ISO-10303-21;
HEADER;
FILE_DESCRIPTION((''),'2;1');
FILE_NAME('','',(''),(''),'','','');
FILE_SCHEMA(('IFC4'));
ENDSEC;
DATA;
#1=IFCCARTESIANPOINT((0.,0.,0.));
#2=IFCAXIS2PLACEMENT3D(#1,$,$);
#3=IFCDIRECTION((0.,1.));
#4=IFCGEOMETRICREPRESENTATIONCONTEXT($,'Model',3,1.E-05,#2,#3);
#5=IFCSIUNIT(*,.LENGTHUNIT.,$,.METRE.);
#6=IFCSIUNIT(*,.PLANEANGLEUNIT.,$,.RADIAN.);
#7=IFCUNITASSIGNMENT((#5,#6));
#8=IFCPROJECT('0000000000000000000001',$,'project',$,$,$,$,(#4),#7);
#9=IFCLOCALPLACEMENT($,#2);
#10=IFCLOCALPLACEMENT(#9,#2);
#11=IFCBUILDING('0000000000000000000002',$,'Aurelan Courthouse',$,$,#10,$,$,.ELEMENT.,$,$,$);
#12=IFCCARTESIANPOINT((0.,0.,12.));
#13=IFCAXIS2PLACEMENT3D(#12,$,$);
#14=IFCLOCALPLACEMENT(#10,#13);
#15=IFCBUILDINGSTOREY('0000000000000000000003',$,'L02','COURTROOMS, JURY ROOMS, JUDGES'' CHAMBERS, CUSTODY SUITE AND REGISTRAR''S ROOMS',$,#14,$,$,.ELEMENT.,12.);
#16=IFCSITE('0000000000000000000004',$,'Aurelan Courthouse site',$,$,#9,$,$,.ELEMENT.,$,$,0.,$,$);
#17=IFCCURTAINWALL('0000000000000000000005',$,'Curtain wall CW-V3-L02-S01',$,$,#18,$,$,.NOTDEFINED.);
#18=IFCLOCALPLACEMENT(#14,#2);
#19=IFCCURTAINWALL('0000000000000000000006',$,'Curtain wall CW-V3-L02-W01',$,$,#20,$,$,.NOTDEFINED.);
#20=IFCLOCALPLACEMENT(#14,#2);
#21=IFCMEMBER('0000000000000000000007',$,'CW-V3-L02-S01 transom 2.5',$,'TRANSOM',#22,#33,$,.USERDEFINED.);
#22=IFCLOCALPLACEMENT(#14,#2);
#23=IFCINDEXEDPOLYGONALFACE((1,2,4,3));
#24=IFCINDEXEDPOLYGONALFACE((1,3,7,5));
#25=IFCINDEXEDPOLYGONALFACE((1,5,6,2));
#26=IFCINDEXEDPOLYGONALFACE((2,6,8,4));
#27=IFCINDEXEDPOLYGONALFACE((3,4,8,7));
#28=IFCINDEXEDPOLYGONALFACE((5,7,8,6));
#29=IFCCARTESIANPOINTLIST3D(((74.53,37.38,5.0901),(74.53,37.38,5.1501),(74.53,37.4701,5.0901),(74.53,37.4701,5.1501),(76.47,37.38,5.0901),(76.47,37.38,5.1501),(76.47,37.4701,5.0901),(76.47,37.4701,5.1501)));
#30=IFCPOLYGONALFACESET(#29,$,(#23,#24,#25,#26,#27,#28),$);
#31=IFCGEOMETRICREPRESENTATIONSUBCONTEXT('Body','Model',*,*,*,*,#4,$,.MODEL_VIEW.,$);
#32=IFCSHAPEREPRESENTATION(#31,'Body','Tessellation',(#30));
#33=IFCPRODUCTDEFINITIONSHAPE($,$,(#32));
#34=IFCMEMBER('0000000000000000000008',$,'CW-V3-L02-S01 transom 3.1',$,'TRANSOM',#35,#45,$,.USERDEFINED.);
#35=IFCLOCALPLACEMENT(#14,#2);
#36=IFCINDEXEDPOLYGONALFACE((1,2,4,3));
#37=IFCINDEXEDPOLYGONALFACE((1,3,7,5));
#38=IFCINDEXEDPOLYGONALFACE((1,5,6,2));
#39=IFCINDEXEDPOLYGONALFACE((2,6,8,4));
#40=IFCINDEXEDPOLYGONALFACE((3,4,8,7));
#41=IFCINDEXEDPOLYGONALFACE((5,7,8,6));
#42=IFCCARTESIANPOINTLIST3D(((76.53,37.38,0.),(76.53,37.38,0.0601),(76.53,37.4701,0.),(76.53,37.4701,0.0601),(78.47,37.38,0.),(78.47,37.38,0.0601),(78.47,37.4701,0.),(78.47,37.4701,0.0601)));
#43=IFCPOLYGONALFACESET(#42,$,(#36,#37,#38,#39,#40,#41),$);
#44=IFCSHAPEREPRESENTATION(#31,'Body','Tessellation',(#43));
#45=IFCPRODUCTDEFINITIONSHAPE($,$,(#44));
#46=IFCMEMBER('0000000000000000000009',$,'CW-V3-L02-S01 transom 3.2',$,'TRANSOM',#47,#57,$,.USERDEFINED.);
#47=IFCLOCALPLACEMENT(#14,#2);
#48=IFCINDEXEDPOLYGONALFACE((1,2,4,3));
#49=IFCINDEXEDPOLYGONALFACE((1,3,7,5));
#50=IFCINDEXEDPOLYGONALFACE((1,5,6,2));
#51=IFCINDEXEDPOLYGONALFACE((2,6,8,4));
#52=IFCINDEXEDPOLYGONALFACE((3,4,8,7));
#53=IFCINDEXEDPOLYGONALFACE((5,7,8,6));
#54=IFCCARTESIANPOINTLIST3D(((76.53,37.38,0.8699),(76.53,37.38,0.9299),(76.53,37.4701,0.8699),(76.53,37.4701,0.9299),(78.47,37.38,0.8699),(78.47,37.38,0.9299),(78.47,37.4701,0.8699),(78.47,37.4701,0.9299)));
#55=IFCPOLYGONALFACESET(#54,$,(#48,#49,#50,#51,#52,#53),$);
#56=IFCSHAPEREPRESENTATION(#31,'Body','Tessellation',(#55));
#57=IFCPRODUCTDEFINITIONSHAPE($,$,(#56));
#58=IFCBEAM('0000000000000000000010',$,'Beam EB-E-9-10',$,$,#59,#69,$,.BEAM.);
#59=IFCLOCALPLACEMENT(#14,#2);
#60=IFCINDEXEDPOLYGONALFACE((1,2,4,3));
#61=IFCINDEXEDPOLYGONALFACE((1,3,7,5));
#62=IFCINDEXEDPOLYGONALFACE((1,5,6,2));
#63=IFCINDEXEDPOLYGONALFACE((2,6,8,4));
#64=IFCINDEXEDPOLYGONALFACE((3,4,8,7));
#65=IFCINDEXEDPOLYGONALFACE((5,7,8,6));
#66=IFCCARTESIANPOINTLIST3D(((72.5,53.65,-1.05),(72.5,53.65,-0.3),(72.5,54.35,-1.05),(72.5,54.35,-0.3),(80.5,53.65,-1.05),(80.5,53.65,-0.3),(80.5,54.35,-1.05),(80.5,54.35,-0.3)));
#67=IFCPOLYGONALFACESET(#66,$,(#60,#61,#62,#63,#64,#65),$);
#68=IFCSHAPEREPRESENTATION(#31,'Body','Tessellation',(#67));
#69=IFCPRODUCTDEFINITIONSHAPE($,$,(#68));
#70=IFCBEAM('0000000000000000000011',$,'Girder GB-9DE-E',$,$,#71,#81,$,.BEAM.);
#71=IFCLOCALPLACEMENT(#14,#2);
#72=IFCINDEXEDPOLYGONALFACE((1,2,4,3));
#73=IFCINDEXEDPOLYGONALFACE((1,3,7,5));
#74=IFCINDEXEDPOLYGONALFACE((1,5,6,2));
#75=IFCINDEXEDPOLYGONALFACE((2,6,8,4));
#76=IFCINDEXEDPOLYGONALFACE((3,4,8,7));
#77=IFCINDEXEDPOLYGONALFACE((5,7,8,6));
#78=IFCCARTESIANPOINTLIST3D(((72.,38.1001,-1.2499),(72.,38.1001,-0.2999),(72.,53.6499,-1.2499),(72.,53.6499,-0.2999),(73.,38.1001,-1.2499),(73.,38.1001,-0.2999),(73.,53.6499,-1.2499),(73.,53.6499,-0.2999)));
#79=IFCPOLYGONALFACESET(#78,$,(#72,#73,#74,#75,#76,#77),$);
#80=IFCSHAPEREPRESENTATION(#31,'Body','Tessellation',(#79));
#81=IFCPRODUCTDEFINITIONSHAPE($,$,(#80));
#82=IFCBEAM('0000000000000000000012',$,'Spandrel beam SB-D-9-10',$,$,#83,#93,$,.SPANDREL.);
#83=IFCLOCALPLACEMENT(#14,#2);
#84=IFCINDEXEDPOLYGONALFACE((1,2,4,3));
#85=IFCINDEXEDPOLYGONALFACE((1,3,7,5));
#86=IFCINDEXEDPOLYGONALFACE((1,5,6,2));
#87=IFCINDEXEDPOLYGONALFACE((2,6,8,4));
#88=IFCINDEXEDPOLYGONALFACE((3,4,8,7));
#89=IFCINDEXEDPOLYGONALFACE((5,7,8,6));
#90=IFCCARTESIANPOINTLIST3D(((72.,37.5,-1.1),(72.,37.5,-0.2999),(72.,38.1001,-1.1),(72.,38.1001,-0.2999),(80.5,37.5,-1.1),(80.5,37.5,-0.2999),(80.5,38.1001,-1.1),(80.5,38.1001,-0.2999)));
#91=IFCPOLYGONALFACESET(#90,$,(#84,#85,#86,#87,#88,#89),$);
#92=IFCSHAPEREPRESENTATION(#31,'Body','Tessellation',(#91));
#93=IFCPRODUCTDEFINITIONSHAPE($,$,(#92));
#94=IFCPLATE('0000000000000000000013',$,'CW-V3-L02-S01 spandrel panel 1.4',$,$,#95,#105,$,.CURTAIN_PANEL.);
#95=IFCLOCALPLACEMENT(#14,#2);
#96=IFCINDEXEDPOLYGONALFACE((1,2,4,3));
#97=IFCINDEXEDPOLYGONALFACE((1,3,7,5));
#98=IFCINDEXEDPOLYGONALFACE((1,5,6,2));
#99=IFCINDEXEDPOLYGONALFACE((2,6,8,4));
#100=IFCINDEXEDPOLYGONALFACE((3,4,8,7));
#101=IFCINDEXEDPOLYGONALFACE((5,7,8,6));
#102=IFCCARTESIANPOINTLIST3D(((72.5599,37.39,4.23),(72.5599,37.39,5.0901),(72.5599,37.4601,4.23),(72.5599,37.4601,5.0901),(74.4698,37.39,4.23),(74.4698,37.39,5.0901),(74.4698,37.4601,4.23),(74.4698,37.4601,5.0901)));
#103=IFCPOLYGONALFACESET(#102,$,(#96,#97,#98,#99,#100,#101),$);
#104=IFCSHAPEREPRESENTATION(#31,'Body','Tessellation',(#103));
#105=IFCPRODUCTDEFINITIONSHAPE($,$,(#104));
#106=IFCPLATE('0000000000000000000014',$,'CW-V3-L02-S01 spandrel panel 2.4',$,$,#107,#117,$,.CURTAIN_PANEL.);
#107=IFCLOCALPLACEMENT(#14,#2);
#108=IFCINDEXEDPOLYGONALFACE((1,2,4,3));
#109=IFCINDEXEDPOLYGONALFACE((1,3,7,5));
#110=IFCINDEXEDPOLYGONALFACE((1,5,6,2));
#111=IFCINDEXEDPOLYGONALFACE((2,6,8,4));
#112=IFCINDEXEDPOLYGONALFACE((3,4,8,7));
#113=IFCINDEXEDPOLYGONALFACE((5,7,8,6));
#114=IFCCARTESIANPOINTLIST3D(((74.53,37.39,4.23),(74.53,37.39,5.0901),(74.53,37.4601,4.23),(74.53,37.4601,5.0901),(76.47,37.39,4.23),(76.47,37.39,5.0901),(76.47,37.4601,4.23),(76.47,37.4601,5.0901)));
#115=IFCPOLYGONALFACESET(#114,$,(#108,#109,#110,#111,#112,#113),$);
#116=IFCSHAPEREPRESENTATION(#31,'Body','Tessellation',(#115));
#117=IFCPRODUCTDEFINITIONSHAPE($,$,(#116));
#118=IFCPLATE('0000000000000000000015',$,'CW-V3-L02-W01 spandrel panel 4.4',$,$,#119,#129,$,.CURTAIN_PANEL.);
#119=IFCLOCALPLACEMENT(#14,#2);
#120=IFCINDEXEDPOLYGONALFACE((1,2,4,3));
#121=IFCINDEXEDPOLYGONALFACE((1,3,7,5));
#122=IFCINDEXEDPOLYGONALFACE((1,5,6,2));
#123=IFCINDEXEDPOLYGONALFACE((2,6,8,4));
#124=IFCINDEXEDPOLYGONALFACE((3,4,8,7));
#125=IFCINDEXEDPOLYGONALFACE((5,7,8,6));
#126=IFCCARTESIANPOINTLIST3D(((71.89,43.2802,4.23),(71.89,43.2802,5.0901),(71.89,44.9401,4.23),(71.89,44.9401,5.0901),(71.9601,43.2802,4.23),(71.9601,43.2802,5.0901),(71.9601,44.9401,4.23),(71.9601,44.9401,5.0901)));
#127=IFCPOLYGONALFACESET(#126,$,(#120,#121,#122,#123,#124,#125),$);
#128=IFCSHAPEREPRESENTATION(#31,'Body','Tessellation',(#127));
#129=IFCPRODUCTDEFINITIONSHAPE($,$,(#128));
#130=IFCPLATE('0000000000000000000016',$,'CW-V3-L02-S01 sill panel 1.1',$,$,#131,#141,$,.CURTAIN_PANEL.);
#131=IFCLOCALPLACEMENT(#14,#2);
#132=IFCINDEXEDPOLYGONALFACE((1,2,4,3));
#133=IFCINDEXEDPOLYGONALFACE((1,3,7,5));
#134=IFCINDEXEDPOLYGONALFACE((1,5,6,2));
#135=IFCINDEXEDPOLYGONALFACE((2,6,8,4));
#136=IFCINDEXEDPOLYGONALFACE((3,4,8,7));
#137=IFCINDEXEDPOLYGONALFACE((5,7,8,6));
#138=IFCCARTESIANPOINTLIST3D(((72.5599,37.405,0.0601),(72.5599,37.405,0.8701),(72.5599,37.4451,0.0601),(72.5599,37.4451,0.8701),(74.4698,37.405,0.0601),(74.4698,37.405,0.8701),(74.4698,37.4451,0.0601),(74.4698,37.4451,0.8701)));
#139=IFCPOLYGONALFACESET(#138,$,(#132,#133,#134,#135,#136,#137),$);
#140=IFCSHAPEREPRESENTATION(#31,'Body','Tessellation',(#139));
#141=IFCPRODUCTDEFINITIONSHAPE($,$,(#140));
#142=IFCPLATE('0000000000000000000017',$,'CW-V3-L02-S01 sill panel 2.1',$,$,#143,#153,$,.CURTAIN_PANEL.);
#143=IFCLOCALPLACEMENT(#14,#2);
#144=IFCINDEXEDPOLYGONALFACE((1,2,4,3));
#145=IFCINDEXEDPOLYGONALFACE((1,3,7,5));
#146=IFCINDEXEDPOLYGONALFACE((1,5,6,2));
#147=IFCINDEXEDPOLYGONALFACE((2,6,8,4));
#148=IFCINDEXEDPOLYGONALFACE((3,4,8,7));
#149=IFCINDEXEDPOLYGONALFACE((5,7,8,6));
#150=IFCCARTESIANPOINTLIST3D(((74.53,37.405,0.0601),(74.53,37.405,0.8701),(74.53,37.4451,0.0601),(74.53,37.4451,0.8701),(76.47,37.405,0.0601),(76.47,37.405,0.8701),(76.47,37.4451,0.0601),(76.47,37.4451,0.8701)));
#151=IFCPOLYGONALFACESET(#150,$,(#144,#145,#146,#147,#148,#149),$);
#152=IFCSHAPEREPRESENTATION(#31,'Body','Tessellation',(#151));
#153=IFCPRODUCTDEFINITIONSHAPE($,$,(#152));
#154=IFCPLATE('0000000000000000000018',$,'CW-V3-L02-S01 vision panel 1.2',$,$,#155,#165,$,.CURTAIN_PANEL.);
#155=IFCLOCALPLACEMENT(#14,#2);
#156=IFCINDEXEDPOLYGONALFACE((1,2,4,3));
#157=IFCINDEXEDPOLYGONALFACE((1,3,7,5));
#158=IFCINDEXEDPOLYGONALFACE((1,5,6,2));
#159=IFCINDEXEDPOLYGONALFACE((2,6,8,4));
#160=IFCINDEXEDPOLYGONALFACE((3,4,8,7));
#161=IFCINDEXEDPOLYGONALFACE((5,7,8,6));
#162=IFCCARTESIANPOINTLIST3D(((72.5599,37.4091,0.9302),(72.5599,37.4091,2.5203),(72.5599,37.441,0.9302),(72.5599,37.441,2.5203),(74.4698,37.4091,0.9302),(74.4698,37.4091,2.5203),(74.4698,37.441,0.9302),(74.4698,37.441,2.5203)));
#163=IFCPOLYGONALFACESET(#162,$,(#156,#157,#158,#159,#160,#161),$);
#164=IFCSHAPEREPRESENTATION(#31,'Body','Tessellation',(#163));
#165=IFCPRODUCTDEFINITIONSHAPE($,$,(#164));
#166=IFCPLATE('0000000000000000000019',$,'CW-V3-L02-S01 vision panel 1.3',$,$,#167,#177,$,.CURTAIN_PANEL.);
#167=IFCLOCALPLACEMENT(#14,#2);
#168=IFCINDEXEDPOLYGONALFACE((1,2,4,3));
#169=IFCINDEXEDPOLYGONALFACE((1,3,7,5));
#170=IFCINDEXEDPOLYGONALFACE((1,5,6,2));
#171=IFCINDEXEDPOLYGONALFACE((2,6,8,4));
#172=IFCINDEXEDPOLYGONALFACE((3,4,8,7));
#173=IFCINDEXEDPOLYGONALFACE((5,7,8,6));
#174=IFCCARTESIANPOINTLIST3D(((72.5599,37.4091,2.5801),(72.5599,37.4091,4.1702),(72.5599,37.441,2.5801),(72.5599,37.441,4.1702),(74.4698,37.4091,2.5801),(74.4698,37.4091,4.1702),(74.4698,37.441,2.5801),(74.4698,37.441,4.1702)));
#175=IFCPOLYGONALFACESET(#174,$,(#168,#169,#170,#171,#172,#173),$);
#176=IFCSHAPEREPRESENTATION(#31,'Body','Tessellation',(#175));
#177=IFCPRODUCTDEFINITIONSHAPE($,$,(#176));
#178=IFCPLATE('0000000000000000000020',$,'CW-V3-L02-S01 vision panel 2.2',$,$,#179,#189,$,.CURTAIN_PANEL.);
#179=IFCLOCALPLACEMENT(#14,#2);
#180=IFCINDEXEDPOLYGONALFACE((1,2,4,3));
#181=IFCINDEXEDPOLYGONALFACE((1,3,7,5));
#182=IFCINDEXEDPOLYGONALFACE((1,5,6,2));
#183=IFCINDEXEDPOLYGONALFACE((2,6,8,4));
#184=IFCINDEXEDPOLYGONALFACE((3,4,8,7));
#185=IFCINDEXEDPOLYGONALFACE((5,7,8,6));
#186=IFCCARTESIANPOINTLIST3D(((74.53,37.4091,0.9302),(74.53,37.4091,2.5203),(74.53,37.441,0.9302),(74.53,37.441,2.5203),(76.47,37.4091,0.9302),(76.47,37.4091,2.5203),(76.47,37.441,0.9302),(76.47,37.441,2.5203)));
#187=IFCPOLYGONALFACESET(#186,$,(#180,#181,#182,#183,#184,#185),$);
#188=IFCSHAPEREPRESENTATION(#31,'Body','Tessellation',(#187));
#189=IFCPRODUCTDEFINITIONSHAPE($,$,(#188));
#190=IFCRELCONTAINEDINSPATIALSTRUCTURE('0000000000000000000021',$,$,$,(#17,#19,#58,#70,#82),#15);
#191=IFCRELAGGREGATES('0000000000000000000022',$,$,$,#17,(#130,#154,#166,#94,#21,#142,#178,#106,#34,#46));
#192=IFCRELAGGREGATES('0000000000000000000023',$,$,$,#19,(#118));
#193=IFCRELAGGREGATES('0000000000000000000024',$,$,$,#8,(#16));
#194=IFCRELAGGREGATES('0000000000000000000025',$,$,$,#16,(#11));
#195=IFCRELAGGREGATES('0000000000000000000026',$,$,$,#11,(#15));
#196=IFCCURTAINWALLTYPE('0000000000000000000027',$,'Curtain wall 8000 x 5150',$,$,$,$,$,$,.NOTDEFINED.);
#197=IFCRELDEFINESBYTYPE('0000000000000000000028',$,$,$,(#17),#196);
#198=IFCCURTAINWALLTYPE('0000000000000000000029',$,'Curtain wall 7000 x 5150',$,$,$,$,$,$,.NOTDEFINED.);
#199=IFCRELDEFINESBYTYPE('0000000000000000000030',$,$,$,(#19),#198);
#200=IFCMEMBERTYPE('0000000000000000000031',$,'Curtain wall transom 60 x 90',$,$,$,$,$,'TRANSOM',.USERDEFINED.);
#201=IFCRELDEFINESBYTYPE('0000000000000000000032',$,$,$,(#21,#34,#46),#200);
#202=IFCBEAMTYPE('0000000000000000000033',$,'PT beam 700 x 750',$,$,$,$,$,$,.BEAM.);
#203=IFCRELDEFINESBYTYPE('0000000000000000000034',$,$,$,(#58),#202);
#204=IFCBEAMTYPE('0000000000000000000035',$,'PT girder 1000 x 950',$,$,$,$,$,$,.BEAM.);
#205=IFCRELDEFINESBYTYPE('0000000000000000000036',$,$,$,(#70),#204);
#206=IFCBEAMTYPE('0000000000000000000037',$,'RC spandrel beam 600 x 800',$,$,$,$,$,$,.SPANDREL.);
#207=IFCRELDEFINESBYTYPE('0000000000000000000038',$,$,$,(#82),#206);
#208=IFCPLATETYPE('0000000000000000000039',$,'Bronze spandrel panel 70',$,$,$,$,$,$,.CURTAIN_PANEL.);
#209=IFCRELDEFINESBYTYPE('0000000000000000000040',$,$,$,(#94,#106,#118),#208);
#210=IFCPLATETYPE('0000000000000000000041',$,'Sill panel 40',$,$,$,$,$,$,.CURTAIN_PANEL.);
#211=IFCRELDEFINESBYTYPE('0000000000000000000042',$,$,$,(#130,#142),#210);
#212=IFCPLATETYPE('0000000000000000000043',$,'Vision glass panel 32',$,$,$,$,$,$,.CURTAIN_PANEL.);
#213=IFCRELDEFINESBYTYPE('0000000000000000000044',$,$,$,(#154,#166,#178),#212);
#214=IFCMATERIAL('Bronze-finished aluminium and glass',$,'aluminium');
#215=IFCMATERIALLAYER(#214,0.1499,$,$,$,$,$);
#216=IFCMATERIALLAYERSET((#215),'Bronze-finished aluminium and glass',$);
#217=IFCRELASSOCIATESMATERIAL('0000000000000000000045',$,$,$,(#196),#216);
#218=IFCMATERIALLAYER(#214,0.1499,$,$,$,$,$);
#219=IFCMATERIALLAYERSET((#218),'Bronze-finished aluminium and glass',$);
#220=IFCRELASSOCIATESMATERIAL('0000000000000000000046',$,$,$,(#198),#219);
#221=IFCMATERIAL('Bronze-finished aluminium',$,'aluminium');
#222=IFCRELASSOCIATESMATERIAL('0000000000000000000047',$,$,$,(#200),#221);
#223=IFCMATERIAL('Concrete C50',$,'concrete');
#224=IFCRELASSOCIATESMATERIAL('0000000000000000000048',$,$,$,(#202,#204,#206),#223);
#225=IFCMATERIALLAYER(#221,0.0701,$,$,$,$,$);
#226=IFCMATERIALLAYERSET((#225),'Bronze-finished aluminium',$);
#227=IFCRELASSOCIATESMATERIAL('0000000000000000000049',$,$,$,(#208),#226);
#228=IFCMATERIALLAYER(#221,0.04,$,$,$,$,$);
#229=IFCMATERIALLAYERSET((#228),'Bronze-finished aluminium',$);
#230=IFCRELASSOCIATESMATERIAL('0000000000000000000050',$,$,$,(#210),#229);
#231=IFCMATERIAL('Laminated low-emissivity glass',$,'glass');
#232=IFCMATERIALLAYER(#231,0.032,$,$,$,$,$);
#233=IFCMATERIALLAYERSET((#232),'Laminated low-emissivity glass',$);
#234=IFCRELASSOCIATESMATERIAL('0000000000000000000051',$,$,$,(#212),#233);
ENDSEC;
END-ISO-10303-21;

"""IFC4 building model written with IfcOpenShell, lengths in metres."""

from ifc_helpers import new_model, si_unit, direction, frame, origin, origin_2d, place, context, subcontext, project, spatial, rectangle, extrude, material, layer, layer_set, material_profile, profile_set, type_object, element, aggregate, save


model = new_model("IFC4")

# Units and contexts
model_context = context("Model", 3, precision=1e-05, world=origin(), true_north=direction((0.0, 1.0)))
body_context = subcontext(model_context, "Body", "Model", "MODEL_VIEW")
ifc_project = project(units=[si_unit("LENGTHUNIT", "METRE"), si_unit("PLANEANGLEUNIT", "RADIAN")], contexts=[model_context])

# Site, building, storey
site_placement = place(None, origin())
site = spatial("IfcSite", under=ifc_project, at=site_placement, Name="Aurelan Courthouse site", CompositionType="ELEMENT", RefElevation=0.0)
building_placement = place(site_placement, origin())
building = spatial("IfcBuilding", under=site, at=building_placement, Name="Aurelan Courthouse", CompositionType="ELEMENT")
storey_placement = place(building_placement, frame((0.0, 0.0, 12.0)))
storey = spatial("IfcBuildingStorey", under=building, at=storey_placement, Name="L02", Description="COURTROOMS, JURY ROOMS, JUDGES' CHAMBERS, CUSTODY SUITE AND REGISTRAR'S ROOMS", CompositionType="ELEMENT", Elevation=12.0)

# Shared definitions
ifc_material_1 = material(Name="Concrete C50", Category="concrete")

# Curtain wall
ifc_material_2 = material(Name="Bronze-finished aluminium and glass", Category="aluminium")
ifc_layer_1 = layer(ifc_material_2, 0.1499)
ifc_layer_set_1 = layer_set([ifc_layer_1], Name="Bronze-finished aluminium and glass")
curtain_wall_type_1 = type_object("IfcCurtainWallType", Name="Curtain wall 8000 x 5150", PredefinedType="NOTDEFINED", material=ifc_layer_set_1)
curtain_wall_1_placement = place(storey_placement, origin())
curtain_wall_1 = element("IfcCurtainWall", 1, at=curtain_wall_1_placement, inside=storey, type_object=curtain_wall_type_1, Name="Curtain wall CW-V3-L02-S01", PredefinedType="NOTDEFINED")
ifc_material_3 = material(Name="Bronze-finished aluminium", Category="aluminium")

# Curtain wall
ifc_layer_2 = layer(ifc_material_2, 0.1499)
ifc_layer_set_2 = layer_set([ifc_layer_2], Name="Bronze-finished aluminium and glass")
curtain_wall_type_2 = type_object("IfcCurtainWallType", Name="Curtain wall 7000 x 5150", PredefinedType="NOTDEFINED", material=ifc_layer_set_2)
curtain_wall_2_placement = place(storey_placement, origin())
curtain_wall_2 = element("IfcCurtainWall", 2, at=curtain_wall_2_placement, inside=storey, type_object=curtain_wall_type_2, Name="Curtain wall CW-V3-L02-W01", PredefinedType="NOTDEFINED")

# Members
ifc_material_profile_1 = material_profile(ifc_material_3, rectangle(XDim=0.0901, YDim=0.0601, at=origin_2d()), Name="Bronze transom 60 x 90")
ifc_profile_set_1 = profile_set([ifc_material_profile_1], Name="Bronze-finished aluminium")
member_type_1 = type_object("IfcMemberType", Name="Curtain wall transom 60 x 90", ElementType="TRANSOM", PredefinedType="USERDEFINED", material=ifc_profile_set_1)
member_1_placement = place(storey_placement, frame((74.53, 37.425, 5.1201), z_axis=(1.0, 0.0, 0.0), x_axis=(0.0, 1.0, 0.0)))
member_1 = element("IfcMember", 3, at=member_1_placement, type_object=member_type_1, Name="CW-V3-L02-S01 transom 2.5", ObjectType="TRANSOM", PredefinedType="USERDEFINED", context=body_context, shape_type="SweptSolid", body=[
    extrude(rectangle(XDim=0.0901, YDim=0.0601, at=origin_2d()), origin(), (0.0, 0.0, 1.0), 1.9399),
])
member_2_placement = place(storey_placement, frame((76.53, 37.425, 0.03), z_axis=(1.0, 0.0, 0.0), x_axis=(0.0, 1.0, 0.0)))
member_2 = element("IfcMember", 4, at=member_2_placement, type_object=member_type_1, Name="CW-V3-L02-S01 transom 3.1", ObjectType="TRANSOM", PredefinedType="USERDEFINED", context=body_context, shape_type="SweptSolid", body=[
    extrude(rectangle(XDim=0.0901, YDim=0.0601, at=origin_2d()), origin(), (0.0, 0.0, 1.0), 1.9399),
])
member_3_placement = place(storey_placement, frame((76.53, 37.425, 0.8999), z_axis=(1.0, 0.0, 0.0), x_axis=(0.0, 1.0, 0.0)))
member_3 = element("IfcMember", 5, at=member_3_placement, type_object=member_type_1, Name="CW-V3-L02-S01 transom 3.2", ObjectType="TRANSOM", PredefinedType="USERDEFINED", context=body_context, shape_type="SweptSolid", body=[
    extrude(rectangle(XDim=0.0901, YDim=0.0601, at=origin_2d()), origin(), (0.0, 0.0, 1.0), 1.9399),
])

# Beams
ifc_material_profile_2 = material_profile(ifc_material_1, rectangle(XDim=0.7, YDim=0.75, at=origin_2d()), Name="RC 700 x 750")
ifc_profile_set_2 = profile_set([ifc_material_profile_2], Name="Concrete C50")
beam_type_1 = type_object("IfcBeamType", Name="PT beam 700 x 750", PredefinedType="BEAM", material=ifc_profile_set_2)
beam_1_placement = place(storey_placement, frame((72.5, 54.0, -0.675), z_axis=(1.0, 0.0, 0.0), x_axis=(0.0, 1.0, 0.0)))
element("IfcBeam", 6, at=beam_1_placement, inside=storey, type_object=beam_type_1, Name="Beam EB-E-9-10", PredefinedType="BEAM", context=body_context, shape_type="SweptSolid", body=[
    extrude(rectangle(XDim=0.7, YDim=0.75, at=origin_2d()), origin(), (0.0, 0.0, 1.0), 8.0),
])
ifc_material_profile_3 = material_profile(ifc_material_1, rectangle(XDim=1.0, YDim=0.95, at=origin_2d()), Name="RC 1000 x 950")
ifc_profile_set_3 = profile_set([ifc_material_profile_3], Name="Concrete C50")
beam_type_2 = type_object("IfcBeamType", Name="PT girder 1000 x 950", PredefinedType="BEAM", material=ifc_profile_set_3)
beam_2_placement = place(storey_placement, frame((72.5, 38.1001, -0.7749), z_axis=(0.0, 1.0, 0.0), x_axis=(-1.0, 0.0, 0.0)))
element("IfcBeam", 7, at=beam_2_placement, inside=storey, type_object=beam_type_2, Name="Girder GB-9DE-E", PredefinedType="BEAM", context=body_context, shape_type="SweptSolid", body=[
    extrude(rectangle(XDim=1.0, YDim=0.95, at=origin_2d()), origin(), (0.0, 0.0, 1.0), 15.5498),
])
ifc_material_profile_4 = material_profile(ifc_material_1, rectangle(XDim=0.6001, YDim=0.8, at=origin_2d()), Name="RC 600 x 800")
ifc_profile_set_4 = profile_set([ifc_material_profile_4], Name="Concrete C50")
beam_type_3 = type_object("IfcBeamType", Name="RC spandrel beam 600 x 800", PredefinedType="SPANDREL", material=ifc_profile_set_4)
beam_3_placement = place(storey_placement, frame((72.0, 37.8, -0.7), z_axis=(1.0, 0.0, 0.0), x_axis=(0.0, 1.0, 0.0)))
element("IfcBeam", 8, at=beam_3_placement, inside=storey, type_object=beam_type_3, Name="Spandrel beam SB-D-9-10", PredefinedType="SPANDREL", context=body_context, shape_type="SweptSolid", body=[
    extrude(rectangle(XDim=0.6001, YDim=0.8, at=origin_2d()), origin(), (0.0, 0.0, 1.0), 8.5),
])

# Plates
ifc_layer_3 = layer(ifc_material_3, 0.0701)
ifc_layer_set_3 = layer_set([ifc_layer_3], Name="Bronze-finished aluminium")
plate_type_1 = type_object("IfcPlateType", Name="Bronze spandrel panel 70", PredefinedType="CURTAIN_PANEL", material=ifc_layer_set_3)
plate_1_placement = place(storey_placement, frame((73.5149, 37.425, 4.23), z_axis=(0.0, 0.0, 1.0), x_axis=(1.0, 0.0, 0.0)))
plate_1 = element("IfcPlate", 9, at=plate_1_placement, type_object=plate_type_1, Name="CW-V3-L02-S01 spandrel panel 1.4", PredefinedType="CURTAIN_PANEL", context=body_context, shape_type="SweptSolid", body=[
    extrude(rectangle(XDim=1.9099, YDim=0.0701, at=origin_2d()), origin(), (0.0, 0.0, 1.0), 0.8601),
])
plate_2_placement = place(storey_placement, frame((75.5, 37.425, 4.23), z_axis=(0.0, 0.0, 1.0), x_axis=(1.0, 0.0, 0.0)))
plate_2 = element("IfcPlate", 10, at=plate_2_placement, type_object=plate_type_1, Name="CW-V3-L02-S01 spandrel panel 2.4", PredefinedType="CURTAIN_PANEL", context=body_context, shape_type="SweptSolid", body=[
    extrude(rectangle(XDim=1.9399, YDim=0.0701, at=origin_2d()), origin(), (0.0, 0.0, 1.0), 0.8601),
])
plate_3_placement = place(storey_placement, frame((71.925, 44.1101, 4.23), z_axis=(0.0, 0.0, 1.0), x_axis=(0.0, 1.0, 0.0)))
plate_3 = element("IfcPlate", 11, at=plate_3_placement, type_object=plate_type_1, Name="CW-V3-L02-W01 spandrel panel 4.4", PredefinedType="CURTAIN_PANEL", context=body_context, shape_type="SweptSolid", body=[
    extrude(rectangle(XDim=1.6599, YDim=0.0701, at=origin_2d()), origin(), (0.0, 0.0, 1.0), 0.8601),
])
ifc_layer_4 = layer(ifc_material_3, 0.04)
ifc_layer_set_4 = layer_set([ifc_layer_4], Name="Bronze-finished aluminium")
plate_type_2 = type_object("IfcPlateType", Name="Sill panel 40", PredefinedType="CURTAIN_PANEL", material=ifc_layer_set_4)
plate_4_placement = place(storey_placement, frame((73.5149, 37.425, 0.0601), z_axis=(0.0, 0.0, 1.0), x_axis=(1.0, 0.0, 0.0)))
plate_4 = element("IfcPlate", 12, at=plate_4_placement, type_object=plate_type_2, Name="CW-V3-L02-S01 sill panel 1.1", PredefinedType="CURTAIN_PANEL", context=body_context, shape_type="SweptSolid", body=[
    extrude(rectangle(XDim=1.9099, YDim=0.04, at=origin_2d()), origin(), (0.0, 0.0, 1.0), 0.8101),
])
plate_5_placement = place(storey_placement, frame((75.5, 37.425, 0.0601), z_axis=(0.0, 0.0, 1.0), x_axis=(1.0, 0.0, 0.0)))
plate_5 = element("IfcPlate", 13, at=plate_5_placement, type_object=plate_type_2, Name="CW-V3-L02-S01 sill panel 2.1", PredefinedType="CURTAIN_PANEL", context=body_context, shape_type="SweptSolid", body=[
    extrude(rectangle(XDim=1.9399, YDim=0.04, at=origin_2d()), origin(), (0.0, 0.0, 1.0), 0.8101),
])
ifc_material_4 = material(Name="Laminated low-emissivity glass", Category="glass")
ifc_layer_5 = layer(ifc_material_4, 0.032)
ifc_layer_set_5 = layer_set([ifc_layer_5], Name="Laminated low-emissivity glass")
plate_type_3 = type_object("IfcPlateType", Name="Vision glass panel 32", PredefinedType="CURTAIN_PANEL", material=ifc_layer_set_5)
plate_6_placement = place(storey_placement, frame((73.5149, 37.425, 0.9302), z_axis=(0.0, 0.0, 1.0), x_axis=(1.0, 0.0, 0.0)))
plate_6 = element("IfcPlate", 14, at=plate_6_placement, type_object=plate_type_3, Name="CW-V3-L02-S01 vision panel 1.2", PredefinedType="CURTAIN_PANEL", context=body_context, shape_type="SweptSolid", body=[
    extrude(rectangle(XDim=1.9099, YDim=0.032, at=origin_2d()), origin(), (0.0, 0.0, 1.0), 1.5901),
])
plate_7_placement = place(storey_placement, frame((73.5149, 37.425, 2.5801), z_axis=(0.0, 0.0, 1.0), x_axis=(1.0, 0.0, 0.0)))
plate_7 = element("IfcPlate", 15, at=plate_7_placement, type_object=plate_type_3, Name="CW-V3-L02-S01 vision panel 1.3", PredefinedType="CURTAIN_PANEL", context=body_context, shape_type="SweptSolid", body=[
    extrude(rectangle(XDim=1.9099, YDim=0.032, at=origin_2d()), origin(), (0.0, 0.0, 1.0), 1.5901),
])
plate_8_placement = place(storey_placement, frame((75.5, 37.425, 0.9302), z_axis=(0.0, 0.0, 1.0), x_axis=(1.0, 0.0, 0.0)))
plate_8 = element("IfcPlate", 16, at=plate_8_placement, type_object=plate_type_3, Name="CW-V3-L02-S01 vision panel 2.2", PredefinedType="CURTAIN_PANEL", context=body_context, shape_type="SweptSolid", body=[
    extrude(rectangle(XDim=1.9399, YDim=0.032, at=origin_2d()), origin(), (0.0, 0.0, 1.0), 1.5901),
])
aggregate(curtain_wall_1, [plate_4, plate_6, plate_7, plate_1, member_1, plate_5, plate_8, plate_2, member_2, member_3])
aggregate(curtain_wall_2, [plate_3])

save(model, "model.ifc")
